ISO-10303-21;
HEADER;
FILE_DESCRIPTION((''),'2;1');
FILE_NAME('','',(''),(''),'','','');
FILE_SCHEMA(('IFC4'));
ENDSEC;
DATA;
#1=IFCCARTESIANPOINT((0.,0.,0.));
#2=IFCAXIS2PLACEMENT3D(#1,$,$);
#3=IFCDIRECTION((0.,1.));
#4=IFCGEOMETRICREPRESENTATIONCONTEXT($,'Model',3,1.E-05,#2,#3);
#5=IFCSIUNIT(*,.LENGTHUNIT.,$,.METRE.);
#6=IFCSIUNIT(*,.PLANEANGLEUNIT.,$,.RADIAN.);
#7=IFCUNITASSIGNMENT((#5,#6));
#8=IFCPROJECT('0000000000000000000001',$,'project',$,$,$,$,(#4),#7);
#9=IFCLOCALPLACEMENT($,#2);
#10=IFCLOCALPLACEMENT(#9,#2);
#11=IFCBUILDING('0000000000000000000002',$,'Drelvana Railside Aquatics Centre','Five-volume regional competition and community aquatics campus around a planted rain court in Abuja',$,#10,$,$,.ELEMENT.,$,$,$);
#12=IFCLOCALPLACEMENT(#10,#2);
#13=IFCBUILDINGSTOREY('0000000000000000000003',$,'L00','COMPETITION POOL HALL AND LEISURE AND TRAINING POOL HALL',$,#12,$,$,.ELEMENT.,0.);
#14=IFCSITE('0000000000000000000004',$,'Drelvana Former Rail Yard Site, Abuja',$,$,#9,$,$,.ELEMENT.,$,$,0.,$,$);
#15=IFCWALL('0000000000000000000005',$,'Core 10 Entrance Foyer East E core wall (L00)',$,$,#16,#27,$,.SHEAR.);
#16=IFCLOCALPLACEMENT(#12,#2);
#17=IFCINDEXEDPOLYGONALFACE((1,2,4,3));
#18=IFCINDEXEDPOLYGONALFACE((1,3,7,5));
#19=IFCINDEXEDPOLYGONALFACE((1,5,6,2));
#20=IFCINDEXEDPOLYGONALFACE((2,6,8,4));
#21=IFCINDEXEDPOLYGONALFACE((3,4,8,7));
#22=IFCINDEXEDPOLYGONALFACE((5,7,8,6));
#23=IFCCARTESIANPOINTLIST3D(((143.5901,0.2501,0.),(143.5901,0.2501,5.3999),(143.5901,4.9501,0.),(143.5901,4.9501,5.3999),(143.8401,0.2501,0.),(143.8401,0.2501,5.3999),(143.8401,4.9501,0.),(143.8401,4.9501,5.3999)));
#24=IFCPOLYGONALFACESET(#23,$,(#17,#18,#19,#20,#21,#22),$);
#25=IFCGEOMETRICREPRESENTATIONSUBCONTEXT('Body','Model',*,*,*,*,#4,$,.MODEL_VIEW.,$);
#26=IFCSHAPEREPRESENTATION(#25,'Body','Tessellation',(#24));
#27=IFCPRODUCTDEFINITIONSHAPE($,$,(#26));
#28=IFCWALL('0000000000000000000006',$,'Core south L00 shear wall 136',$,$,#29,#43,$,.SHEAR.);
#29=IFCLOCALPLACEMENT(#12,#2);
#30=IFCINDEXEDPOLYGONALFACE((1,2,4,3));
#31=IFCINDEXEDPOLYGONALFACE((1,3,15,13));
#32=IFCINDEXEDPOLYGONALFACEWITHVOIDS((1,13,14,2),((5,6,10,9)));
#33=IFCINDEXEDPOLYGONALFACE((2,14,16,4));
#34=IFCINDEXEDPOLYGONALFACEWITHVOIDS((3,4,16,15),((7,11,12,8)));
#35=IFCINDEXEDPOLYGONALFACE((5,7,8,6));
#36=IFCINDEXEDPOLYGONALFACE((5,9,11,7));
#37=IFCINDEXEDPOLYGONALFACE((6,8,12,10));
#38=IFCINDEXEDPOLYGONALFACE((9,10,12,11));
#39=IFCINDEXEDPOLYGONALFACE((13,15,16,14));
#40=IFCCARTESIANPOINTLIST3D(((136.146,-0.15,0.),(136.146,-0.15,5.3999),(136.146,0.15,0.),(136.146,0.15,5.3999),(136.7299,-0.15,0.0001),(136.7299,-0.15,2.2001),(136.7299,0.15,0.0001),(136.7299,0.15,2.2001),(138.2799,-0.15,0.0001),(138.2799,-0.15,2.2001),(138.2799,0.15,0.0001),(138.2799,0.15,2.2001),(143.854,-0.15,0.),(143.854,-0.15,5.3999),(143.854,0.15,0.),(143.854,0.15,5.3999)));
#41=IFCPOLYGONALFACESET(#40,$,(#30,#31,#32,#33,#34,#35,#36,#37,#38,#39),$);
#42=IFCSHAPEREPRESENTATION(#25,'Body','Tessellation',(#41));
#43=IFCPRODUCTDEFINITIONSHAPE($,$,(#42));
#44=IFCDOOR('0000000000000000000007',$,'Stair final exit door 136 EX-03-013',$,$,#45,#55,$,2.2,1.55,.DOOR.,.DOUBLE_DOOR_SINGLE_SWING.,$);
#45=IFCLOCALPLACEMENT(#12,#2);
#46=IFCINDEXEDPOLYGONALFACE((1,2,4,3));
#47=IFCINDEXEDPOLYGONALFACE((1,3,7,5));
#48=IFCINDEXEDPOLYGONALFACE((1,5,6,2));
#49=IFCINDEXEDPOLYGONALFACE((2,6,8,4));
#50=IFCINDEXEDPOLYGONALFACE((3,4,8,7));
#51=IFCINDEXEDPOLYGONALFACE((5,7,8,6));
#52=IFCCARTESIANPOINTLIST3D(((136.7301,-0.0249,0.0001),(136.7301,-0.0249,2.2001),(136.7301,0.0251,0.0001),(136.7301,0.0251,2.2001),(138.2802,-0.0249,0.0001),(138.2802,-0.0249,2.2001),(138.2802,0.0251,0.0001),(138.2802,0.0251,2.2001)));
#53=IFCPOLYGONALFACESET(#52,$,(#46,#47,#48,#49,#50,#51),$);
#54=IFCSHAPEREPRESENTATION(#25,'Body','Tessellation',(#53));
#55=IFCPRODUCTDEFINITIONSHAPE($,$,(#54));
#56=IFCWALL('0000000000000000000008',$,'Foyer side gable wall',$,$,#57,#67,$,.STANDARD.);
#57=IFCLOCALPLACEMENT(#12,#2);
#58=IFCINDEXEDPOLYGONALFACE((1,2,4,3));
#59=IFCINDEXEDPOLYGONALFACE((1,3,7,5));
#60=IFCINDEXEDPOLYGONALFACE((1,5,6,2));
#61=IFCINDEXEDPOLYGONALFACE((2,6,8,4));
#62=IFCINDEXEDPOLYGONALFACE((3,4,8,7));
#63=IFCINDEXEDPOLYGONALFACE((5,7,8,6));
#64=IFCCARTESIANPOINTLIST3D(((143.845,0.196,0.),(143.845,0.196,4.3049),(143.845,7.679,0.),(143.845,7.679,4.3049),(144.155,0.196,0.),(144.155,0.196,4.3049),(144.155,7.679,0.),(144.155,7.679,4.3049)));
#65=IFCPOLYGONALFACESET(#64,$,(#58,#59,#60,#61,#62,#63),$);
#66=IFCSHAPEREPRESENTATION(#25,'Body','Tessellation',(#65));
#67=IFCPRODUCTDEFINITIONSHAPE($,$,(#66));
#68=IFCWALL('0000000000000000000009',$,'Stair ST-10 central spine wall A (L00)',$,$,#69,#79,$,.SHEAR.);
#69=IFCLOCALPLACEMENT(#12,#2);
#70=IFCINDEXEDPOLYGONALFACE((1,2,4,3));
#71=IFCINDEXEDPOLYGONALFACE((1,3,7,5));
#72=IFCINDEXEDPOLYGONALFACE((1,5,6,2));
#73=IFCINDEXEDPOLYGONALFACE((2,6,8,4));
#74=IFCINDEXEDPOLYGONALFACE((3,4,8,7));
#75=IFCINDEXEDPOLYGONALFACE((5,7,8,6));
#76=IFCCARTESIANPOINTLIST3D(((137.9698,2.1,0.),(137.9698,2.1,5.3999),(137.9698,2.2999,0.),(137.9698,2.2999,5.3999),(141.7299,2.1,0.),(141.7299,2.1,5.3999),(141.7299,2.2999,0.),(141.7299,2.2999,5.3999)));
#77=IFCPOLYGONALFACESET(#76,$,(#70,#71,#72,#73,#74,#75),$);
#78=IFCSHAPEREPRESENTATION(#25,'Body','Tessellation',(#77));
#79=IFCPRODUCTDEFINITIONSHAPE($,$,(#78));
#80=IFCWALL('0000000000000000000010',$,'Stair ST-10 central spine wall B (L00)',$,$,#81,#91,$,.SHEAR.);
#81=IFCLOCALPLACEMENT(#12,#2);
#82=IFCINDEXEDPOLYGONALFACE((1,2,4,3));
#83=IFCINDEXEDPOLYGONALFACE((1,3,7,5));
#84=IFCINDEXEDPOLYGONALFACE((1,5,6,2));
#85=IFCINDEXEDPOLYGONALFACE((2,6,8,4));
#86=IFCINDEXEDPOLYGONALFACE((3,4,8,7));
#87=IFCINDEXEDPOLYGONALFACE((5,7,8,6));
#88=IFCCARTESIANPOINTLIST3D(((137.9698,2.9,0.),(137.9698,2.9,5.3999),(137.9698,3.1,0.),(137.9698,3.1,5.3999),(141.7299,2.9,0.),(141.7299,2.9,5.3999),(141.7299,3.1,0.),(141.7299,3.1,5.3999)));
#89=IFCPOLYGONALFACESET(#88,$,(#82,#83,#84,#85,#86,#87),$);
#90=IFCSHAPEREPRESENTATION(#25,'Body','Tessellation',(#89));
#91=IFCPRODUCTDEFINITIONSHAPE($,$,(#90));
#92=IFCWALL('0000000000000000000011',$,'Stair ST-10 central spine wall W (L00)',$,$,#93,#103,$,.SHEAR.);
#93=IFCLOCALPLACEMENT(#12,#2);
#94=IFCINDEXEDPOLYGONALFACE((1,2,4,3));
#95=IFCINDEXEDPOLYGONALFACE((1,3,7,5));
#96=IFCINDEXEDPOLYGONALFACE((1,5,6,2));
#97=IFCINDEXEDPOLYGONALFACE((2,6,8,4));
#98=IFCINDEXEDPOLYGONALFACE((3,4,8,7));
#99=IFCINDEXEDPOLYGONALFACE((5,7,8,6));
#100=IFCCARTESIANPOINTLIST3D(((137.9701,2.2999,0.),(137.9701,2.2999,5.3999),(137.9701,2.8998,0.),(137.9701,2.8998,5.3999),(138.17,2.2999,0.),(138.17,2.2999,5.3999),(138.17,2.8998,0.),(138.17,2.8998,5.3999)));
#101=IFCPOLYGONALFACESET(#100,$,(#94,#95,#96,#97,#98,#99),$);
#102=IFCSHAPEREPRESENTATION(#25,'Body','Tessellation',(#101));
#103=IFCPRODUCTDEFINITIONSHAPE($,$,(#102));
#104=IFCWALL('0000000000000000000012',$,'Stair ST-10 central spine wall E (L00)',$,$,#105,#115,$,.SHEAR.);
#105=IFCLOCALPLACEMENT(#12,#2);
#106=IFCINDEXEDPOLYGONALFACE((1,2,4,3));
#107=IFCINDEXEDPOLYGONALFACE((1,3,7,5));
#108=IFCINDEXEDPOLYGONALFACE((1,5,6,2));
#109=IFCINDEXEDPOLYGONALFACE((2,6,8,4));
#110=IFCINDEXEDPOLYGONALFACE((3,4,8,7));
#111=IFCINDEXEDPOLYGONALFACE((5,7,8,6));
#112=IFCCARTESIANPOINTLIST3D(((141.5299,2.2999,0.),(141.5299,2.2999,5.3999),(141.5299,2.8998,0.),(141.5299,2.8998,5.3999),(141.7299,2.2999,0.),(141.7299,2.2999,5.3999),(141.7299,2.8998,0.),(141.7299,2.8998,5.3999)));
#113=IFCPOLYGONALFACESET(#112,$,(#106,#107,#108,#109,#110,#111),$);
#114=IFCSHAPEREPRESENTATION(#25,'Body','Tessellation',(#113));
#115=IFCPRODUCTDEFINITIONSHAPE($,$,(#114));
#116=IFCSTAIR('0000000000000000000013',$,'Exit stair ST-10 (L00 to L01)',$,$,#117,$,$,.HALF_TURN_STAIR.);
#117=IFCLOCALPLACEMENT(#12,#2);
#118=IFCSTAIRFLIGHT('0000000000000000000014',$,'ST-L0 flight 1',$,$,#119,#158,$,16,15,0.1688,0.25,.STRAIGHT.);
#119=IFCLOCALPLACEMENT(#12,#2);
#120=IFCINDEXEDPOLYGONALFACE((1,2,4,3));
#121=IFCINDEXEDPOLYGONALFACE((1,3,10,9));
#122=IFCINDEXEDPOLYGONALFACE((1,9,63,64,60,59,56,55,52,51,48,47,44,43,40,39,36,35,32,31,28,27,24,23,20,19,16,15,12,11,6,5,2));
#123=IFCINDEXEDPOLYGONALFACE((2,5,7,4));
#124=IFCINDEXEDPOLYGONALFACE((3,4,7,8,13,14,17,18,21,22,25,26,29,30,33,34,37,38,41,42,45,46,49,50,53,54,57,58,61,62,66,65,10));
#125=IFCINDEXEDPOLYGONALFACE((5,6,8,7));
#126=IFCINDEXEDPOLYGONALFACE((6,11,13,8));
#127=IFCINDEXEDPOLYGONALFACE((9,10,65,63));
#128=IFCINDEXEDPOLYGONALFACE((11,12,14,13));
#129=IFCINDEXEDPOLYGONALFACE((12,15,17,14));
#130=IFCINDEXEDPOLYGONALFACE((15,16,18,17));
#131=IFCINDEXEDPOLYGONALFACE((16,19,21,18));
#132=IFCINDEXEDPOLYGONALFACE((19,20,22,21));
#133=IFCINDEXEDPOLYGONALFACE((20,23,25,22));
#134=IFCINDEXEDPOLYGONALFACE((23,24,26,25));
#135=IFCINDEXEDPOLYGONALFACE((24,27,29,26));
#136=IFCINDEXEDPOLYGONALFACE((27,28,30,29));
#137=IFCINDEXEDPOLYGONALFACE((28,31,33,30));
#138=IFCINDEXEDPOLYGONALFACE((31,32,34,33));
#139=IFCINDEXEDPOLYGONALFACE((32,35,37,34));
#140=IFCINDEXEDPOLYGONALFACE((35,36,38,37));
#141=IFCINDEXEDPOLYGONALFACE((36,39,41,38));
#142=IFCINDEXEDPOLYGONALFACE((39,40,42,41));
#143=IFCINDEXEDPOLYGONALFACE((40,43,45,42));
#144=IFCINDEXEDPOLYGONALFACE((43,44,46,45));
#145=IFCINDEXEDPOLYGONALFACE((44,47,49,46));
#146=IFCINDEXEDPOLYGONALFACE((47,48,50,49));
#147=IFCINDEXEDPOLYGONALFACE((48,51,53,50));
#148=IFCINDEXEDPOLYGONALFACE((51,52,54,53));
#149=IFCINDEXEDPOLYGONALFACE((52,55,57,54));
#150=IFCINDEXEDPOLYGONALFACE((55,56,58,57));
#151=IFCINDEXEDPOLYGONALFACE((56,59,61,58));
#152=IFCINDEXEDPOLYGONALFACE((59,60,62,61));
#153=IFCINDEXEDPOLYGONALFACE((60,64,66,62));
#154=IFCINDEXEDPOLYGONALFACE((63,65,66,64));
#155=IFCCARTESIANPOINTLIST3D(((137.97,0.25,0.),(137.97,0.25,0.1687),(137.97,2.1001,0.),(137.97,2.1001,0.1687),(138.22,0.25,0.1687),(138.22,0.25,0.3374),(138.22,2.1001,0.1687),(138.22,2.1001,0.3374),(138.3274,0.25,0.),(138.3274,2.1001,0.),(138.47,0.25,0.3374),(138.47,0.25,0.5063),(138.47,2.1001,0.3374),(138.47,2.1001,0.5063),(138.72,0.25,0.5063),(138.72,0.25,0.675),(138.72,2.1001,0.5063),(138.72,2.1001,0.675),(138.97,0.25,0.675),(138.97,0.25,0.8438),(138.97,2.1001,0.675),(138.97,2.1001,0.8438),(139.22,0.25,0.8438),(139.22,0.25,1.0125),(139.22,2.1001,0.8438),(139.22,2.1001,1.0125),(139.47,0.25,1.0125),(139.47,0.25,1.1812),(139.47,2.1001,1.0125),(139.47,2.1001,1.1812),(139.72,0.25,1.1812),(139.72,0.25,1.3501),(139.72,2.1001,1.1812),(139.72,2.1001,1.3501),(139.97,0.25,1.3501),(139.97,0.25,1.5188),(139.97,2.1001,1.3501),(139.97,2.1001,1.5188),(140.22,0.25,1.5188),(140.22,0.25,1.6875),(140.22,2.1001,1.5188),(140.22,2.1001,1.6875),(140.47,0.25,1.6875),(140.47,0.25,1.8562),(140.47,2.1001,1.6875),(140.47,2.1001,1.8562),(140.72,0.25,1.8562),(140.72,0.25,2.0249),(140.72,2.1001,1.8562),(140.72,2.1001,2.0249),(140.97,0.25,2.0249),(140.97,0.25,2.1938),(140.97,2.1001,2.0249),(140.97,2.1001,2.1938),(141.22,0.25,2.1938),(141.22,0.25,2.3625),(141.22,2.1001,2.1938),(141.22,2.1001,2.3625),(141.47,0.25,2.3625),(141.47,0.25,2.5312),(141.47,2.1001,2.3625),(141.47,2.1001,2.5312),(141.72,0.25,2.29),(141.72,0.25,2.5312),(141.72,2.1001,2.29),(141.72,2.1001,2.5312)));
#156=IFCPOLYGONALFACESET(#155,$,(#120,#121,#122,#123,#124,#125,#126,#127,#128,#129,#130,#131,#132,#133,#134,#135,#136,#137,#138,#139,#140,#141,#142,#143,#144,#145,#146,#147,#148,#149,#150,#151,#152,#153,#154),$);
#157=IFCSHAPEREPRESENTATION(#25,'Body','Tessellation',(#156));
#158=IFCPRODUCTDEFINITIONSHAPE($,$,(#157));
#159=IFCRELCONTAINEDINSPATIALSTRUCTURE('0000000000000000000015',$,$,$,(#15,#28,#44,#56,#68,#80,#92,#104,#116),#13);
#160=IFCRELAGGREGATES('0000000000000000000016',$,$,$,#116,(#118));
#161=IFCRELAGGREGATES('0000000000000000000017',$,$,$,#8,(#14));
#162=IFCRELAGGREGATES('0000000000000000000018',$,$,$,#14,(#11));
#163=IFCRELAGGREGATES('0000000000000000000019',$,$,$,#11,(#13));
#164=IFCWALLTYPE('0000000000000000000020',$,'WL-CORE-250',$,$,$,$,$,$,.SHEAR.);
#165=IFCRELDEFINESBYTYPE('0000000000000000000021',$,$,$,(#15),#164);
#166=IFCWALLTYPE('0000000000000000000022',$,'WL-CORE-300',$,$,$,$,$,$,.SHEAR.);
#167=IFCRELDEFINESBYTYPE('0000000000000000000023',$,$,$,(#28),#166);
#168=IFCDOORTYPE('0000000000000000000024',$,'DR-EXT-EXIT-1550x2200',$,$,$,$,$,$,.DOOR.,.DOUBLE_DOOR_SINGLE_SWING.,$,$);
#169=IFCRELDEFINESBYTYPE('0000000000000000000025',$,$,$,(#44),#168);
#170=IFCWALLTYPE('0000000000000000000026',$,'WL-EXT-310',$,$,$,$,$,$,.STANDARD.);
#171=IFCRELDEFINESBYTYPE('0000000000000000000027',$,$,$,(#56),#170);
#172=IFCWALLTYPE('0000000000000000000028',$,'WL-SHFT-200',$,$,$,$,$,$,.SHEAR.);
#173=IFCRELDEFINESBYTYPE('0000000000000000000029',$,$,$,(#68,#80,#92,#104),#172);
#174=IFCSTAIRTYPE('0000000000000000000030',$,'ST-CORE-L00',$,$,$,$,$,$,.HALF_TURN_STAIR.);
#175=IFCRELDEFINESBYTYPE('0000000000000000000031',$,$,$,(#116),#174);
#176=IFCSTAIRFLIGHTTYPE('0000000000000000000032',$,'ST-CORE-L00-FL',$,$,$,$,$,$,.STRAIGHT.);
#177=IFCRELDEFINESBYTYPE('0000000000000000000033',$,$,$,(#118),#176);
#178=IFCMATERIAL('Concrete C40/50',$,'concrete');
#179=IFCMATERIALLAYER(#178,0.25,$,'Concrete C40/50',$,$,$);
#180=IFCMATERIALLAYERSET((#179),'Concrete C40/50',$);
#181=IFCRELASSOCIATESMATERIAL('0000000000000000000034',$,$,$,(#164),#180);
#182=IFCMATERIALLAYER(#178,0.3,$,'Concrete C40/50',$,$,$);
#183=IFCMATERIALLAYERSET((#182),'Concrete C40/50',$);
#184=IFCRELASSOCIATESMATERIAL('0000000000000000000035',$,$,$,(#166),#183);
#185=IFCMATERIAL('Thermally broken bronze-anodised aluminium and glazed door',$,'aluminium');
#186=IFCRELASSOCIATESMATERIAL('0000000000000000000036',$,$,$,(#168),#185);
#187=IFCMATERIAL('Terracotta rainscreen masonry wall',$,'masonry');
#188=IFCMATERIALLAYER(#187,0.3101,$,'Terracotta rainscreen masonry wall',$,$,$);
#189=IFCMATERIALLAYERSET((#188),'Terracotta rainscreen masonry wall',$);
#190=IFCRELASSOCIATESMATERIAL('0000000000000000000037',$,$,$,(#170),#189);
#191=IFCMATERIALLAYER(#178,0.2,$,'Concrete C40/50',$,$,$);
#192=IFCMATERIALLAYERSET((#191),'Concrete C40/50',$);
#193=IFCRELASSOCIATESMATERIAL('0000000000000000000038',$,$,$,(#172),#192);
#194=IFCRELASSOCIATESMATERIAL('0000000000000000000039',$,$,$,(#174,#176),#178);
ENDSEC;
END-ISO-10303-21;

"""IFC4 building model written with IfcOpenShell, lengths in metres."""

from ifc_helpers import new_model, si_unit, direction, frame, frame_2d, origin, place, context, subcontext, project, spatial, polyline, rectangle, outline, extrude, material, layer, layer_set, type_object, element, fill, aggregate, save


model = new_model("IFC4")

# Units and contexts
model_context = context("Model", 3, precision=1e-05, world=origin(), true_north=direction((0.0, 1.0)))
body_context = subcontext(model_context, "Body", "Model", "MODEL_VIEW")
ifc_project = project(units=[si_unit("LENGTHUNIT", "METRE"), si_unit("PLANEANGLEUNIT", "RADIAN")], contexts=[model_context])

# Site, building, storey
site_placement = place(None, origin())
site = spatial("IfcSite", under=ifc_project, at=site_placement, Name="Drelvana Former Rail Yard Site, Abuja", CompositionType="ELEMENT", RefElevation=0.0)
building_placement = place(site_placement, origin())
building = spatial("IfcBuilding", under=site, at=building_placement, Name="Drelvana Railside Aquatics Centre", Description="Five-volume regional competition and community aquatics campus around a planted rain court in Abuja", CompositionType="ELEMENT")
storey_placement = place(building_placement, origin())
storey = spatial("IfcBuildingStorey", under=building, at=storey_placement, Name="L00", Description="COMPETITION POOL HALL AND LEISURE AND TRAINING POOL HALL", CompositionType="ELEMENT", Elevation=0.0)

# Shared definitions
ifc_material_1 = material(Name="Concrete C40/50", Category="concrete")

# Shared definitions
ifc_layer_1 = layer(ifc_material_1, 0.25, Name="Concrete C40/50")
ifc_layer_set_1 = layer_set([ifc_layer_1], Name="Concrete C40/50")
wall_type_1 = type_object("IfcWallType", Name="WL-CORE-250", PredefinedType="SHEAR", material=ifc_layer_set_1)

# Wall
for number, where, z_axis, x_axis, name in (
    (1, (143.7151, 0.25, 0.0), (0.0, 0.0, 1.0), (0.0, 1.0, 0.0), "Core 10 Entrance Foyer East E core wall (L00)"),
):
    element("IfcWall", number, at=place(storey_placement, frame(where, z_axis=z_axis, x_axis=x_axis)), inside=storey, type_object=wall_type_1, Name=name, PredefinedType="SHEAR", context=body_context, shape_type="SweptSolid", body=[
        extrude(rectangle(XDim=4.7, YDim=0.25, at=frame_2d((2.3501, 0.0))), origin(), (0.0, 0.0, 1.0), 5.3999),
    ])

# Wall, opening, door
ifc_layer_2 = layer(ifc_material_1, 0.3, Name="Concrete C40/50")
ifc_layer_set_2 = layer_set([ifc_layer_2], Name="Concrete C40/50")
wall_type_2 = type_object("IfcWallType", Name="WL-CORE-300", PredefinedType="SHEAR", material=ifc_layer_set_2)
wall_1_placement = place(storey_placement, frame((136.146, 0.0, 0.0), z_axis=(0.0, 0.0, 1.0), x_axis=(1.0, 0.0, 0.0)))
wall_1 = element("IfcWall", 2, at=wall_1_placement, inside=storey, type_object=wall_type_2, Name="Core south L00 shear wall 136", PredefinedType="SHEAR", context=body_context, shape_type="SweptSolid", body=[
    extrude(rectangle(XDim=7.708, YDim=0.3, at=frame_2d((3.854, 0.0))), origin(), (0.0, 0.0, 1.0), 5.3999),
])
opening_1_placement = place(wall_1_placement, frame((0.584, 0.0, 0.0)))
opening_1 = element("IfcOpeningElement", 3, at=opening_1_placement, cuts=wall_1, PredefinedType="OPENING", context=body_context, shape_type="SweptSolid", body=[
    extrude(rectangle(XDim=1.55, YDim=2.2, at=frame_2d((0.7749, 1.1001))), frame((0.0, 0.1599, 0.0), z_axis=(0.0, -1.0, 0.0), x_axis=(1.0, 0.0, 0.0)), (0.0, 0.0, 1.0), 0.3201),
])
ifc_material_2 = material(Name="Thermally broken bronze-anodised aluminium and glazed door", Category="aluminium")
door_type_1 = type_object("IfcDoorType", Name="DR-EXT-EXIT-1550x2200", OperationType="DOUBLE_DOOR_SINGLE_SWING", PredefinedType="DOOR", material=ifc_material_2)
door_1_placement = place(opening_1_placement, frame((1.55, 0.0, 0.0), z_axis=(0.0, 0.0, 1.0), x_axis=(-1.0, 0.0, 0.0)))
door_1 = element("IfcDoor", 4, at=door_1_placement, inside=storey, type_object=door_type_1, Name="Stair final exit door 136 EX-03-013", OperationType="DOUBLE_DOOR_SINGLE_SWING", OverallHeight=2.2, OverallWidth=1.55, PredefinedType="DOOR", context=body_context, shape_type="SweptSolid", body=[
    extrude(rectangle(XDim=1.55, YDim=2.2, at=frame_2d((0.7749, 1.1001))), frame((0.0, 0.0249, 0.0), z_axis=(0.0, -1.0, 0.0), x_axis=(1.0, 0.0, 0.0)), (0.0, 0.0, 1.0), 0.05),
])
fill(opening_1, door_1)

# Walls
ifc_material_3 = material(Name="Terracotta rainscreen masonry wall", Category="masonry")
ifc_layer_3 = layer(ifc_material_3, 0.3101, Name="Terracotta rainscreen masonry wall")
ifc_layer_set_3 = layer_set([ifc_layer_3], Name="Terracotta rainscreen masonry wall")
wall_type_3 = type_object("IfcWallType", Name="WL-EXT-310", PredefinedType="STANDARD", material=ifc_layer_set_3)
wall_2_placement = place(storey_placement, frame((144.0, 0.196, 0.0), z_axis=(0.0, 0.0, 1.0), x_axis=(0.0, 1.0, 0.0)))
element("IfcWall", 5, at=wall_2_placement, inside=storey, type_object=wall_type_3, Name="Foyer side gable wall", PredefinedType="STANDARD", context=body_context, shape_type="SweptSolid", body=[
    extrude(rectangle(XDim=7.4829, YDim=0.3101, at=frame_2d((3.7415, 0.0))), origin(), (0.0, 0.0, 1.0), 4.3049),
])
ifc_layer_4 = layer(ifc_material_1, 0.2, Name="Concrete C40/50")
ifc_layer_set_4 = layer_set([ifc_layer_4], Name="Concrete C40/50")
wall_type_4 = type_object("IfcWallType", Name="WL-SHFT-200", PredefinedType="SHEAR", material=ifc_layer_set_4)
for number, where, z_axis, x_axis, name in (
    (6, (137.97, 2.2, 0.0), (0.0, 0.0, 1.0), (1.0, 0.0, 0.0), "Stair ST-10 central spine wall A (L00)"),
    (7, (137.97, 3.0, 0.0), (0.0, 0.0, 1.0), (1.0, 0.0, 0.0), "Stair ST-10 central spine wall B (L00)"),
):
    element("IfcWall", number, at=place(storey_placement, frame(where, z_axis=z_axis, x_axis=x_axis)), inside=storey, type_object=wall_type_4, Name=name, PredefinedType="SHEAR", context=body_context, shape_type="SweptSolid", body=[
        extrude(rectangle(XDim=3.76, YDim=0.2, at=frame_2d((1.8799, 0.0))), origin(), (0.0, 0.0, 1.0), 5.3999),
    ])
for number, where, z_axis, x_axis, name in (
    (8, (138.0701, 2.3, 0.0), (0.0, 0.0, 1.0), (0.0, 1.0, 0.0), "Stair ST-10 central spine wall W (L00)"),
    (9, (141.6299, 2.3, 0.0), (0.0, 0.0, 1.0), (0.0, 1.0, 0.0), "Stair ST-10 central spine wall E (L00)"),
):
    element("IfcWall", number, at=place(storey_placement, frame(where, z_axis=z_axis, x_axis=x_axis)), inside=storey, type_object=wall_type_4, Name=name, PredefinedType="SHEAR", context=body_context, shape_type="SweptSolid", body=[
        extrude(rectangle(XDim=0.5999, YDim=0.2, at=frame_2d((0.2998, 0.0))), origin(), (0.0, 0.0, 1.0), 5.3999),
    ])

# Stair, stair flight
stair_type = type_object("IfcStairType", Name="ST-CORE-L00", PredefinedType="HALF_TURN_STAIR", material=ifc_material_1)
stair_placement = place(storey_placement, origin())
stair = element("IfcStair", 10, at=stair_placement, inside=storey, type_object=stair_type, Name="Exit stair ST-10 (L00 to L01)", PredefinedType="HALF_TURN_STAIR")
stair_flight_type = type_object("IfcStairFlightType", Name="ST-CORE-L00-FL", PredefinedType="STRAIGHT", material=ifc_material_1)
stair_flight_1_placement = place(storey_placement, frame((137.97, 1.175, 0.0), z_axis=(0.0, 0.0, 1.0), x_axis=(1.0, 0.0, 0.0)))
stair_flight_1 = element("IfcStairFlight", 11, at=stair_flight_1_placement, type_object=stair_flight_type, Name="ST-L0 flight 1", NumberOfRisers=16, NumberOfTreads=15, PredefinedType="STRAIGHT", RiserHeight=0.1688, TreadLength=0.25, context=body_context, shape_type="SweptSolid", body=[
    extrude(outline(polyline([(0.0, 0.0), (0.0, 0.1687), (0.25, 0.1687), (0.25, 0.3374), (0.5, 0.3374), (0.5, 0.5063), (0.75, 0.5063), (0.75, 0.675), (1.0, 0.675), (1.0, 0.8438), (1.25, 0.8438), (1.25, 1.0125), (1.5, 1.0125), (1.5, 1.1812), (1.75, 1.1812), (1.75, 1.3501), (2.0, 1.3501), (2.0, 1.5188), (2.25, 1.5188), (2.25, 1.6875), (2.5, 1.6875), (2.5, 1.8562), (2.75, 1.8562), (2.75, 2.0249), (3.0, 2.0249), (3.0, 2.1938), (3.25, 2.1938), (3.25, 2.3625), (3.5, 2.3625), (3.5, 2.5312), (3.75, 2.5312), (3.75, 2.7), (3.75, 2.29), (0.3574, 0.0), (0.0, 0.0)])), frame((0.0, 0.925, 0.0), z_axis=(0.0, -1.0, 0.0), x_axis=(1.0, 0.0, 0.0)), (0.0, 0.0, 1.0), 1.8501),
])
aggregate(stair, [stair_flight_1])

save(model, "model.ifc")
